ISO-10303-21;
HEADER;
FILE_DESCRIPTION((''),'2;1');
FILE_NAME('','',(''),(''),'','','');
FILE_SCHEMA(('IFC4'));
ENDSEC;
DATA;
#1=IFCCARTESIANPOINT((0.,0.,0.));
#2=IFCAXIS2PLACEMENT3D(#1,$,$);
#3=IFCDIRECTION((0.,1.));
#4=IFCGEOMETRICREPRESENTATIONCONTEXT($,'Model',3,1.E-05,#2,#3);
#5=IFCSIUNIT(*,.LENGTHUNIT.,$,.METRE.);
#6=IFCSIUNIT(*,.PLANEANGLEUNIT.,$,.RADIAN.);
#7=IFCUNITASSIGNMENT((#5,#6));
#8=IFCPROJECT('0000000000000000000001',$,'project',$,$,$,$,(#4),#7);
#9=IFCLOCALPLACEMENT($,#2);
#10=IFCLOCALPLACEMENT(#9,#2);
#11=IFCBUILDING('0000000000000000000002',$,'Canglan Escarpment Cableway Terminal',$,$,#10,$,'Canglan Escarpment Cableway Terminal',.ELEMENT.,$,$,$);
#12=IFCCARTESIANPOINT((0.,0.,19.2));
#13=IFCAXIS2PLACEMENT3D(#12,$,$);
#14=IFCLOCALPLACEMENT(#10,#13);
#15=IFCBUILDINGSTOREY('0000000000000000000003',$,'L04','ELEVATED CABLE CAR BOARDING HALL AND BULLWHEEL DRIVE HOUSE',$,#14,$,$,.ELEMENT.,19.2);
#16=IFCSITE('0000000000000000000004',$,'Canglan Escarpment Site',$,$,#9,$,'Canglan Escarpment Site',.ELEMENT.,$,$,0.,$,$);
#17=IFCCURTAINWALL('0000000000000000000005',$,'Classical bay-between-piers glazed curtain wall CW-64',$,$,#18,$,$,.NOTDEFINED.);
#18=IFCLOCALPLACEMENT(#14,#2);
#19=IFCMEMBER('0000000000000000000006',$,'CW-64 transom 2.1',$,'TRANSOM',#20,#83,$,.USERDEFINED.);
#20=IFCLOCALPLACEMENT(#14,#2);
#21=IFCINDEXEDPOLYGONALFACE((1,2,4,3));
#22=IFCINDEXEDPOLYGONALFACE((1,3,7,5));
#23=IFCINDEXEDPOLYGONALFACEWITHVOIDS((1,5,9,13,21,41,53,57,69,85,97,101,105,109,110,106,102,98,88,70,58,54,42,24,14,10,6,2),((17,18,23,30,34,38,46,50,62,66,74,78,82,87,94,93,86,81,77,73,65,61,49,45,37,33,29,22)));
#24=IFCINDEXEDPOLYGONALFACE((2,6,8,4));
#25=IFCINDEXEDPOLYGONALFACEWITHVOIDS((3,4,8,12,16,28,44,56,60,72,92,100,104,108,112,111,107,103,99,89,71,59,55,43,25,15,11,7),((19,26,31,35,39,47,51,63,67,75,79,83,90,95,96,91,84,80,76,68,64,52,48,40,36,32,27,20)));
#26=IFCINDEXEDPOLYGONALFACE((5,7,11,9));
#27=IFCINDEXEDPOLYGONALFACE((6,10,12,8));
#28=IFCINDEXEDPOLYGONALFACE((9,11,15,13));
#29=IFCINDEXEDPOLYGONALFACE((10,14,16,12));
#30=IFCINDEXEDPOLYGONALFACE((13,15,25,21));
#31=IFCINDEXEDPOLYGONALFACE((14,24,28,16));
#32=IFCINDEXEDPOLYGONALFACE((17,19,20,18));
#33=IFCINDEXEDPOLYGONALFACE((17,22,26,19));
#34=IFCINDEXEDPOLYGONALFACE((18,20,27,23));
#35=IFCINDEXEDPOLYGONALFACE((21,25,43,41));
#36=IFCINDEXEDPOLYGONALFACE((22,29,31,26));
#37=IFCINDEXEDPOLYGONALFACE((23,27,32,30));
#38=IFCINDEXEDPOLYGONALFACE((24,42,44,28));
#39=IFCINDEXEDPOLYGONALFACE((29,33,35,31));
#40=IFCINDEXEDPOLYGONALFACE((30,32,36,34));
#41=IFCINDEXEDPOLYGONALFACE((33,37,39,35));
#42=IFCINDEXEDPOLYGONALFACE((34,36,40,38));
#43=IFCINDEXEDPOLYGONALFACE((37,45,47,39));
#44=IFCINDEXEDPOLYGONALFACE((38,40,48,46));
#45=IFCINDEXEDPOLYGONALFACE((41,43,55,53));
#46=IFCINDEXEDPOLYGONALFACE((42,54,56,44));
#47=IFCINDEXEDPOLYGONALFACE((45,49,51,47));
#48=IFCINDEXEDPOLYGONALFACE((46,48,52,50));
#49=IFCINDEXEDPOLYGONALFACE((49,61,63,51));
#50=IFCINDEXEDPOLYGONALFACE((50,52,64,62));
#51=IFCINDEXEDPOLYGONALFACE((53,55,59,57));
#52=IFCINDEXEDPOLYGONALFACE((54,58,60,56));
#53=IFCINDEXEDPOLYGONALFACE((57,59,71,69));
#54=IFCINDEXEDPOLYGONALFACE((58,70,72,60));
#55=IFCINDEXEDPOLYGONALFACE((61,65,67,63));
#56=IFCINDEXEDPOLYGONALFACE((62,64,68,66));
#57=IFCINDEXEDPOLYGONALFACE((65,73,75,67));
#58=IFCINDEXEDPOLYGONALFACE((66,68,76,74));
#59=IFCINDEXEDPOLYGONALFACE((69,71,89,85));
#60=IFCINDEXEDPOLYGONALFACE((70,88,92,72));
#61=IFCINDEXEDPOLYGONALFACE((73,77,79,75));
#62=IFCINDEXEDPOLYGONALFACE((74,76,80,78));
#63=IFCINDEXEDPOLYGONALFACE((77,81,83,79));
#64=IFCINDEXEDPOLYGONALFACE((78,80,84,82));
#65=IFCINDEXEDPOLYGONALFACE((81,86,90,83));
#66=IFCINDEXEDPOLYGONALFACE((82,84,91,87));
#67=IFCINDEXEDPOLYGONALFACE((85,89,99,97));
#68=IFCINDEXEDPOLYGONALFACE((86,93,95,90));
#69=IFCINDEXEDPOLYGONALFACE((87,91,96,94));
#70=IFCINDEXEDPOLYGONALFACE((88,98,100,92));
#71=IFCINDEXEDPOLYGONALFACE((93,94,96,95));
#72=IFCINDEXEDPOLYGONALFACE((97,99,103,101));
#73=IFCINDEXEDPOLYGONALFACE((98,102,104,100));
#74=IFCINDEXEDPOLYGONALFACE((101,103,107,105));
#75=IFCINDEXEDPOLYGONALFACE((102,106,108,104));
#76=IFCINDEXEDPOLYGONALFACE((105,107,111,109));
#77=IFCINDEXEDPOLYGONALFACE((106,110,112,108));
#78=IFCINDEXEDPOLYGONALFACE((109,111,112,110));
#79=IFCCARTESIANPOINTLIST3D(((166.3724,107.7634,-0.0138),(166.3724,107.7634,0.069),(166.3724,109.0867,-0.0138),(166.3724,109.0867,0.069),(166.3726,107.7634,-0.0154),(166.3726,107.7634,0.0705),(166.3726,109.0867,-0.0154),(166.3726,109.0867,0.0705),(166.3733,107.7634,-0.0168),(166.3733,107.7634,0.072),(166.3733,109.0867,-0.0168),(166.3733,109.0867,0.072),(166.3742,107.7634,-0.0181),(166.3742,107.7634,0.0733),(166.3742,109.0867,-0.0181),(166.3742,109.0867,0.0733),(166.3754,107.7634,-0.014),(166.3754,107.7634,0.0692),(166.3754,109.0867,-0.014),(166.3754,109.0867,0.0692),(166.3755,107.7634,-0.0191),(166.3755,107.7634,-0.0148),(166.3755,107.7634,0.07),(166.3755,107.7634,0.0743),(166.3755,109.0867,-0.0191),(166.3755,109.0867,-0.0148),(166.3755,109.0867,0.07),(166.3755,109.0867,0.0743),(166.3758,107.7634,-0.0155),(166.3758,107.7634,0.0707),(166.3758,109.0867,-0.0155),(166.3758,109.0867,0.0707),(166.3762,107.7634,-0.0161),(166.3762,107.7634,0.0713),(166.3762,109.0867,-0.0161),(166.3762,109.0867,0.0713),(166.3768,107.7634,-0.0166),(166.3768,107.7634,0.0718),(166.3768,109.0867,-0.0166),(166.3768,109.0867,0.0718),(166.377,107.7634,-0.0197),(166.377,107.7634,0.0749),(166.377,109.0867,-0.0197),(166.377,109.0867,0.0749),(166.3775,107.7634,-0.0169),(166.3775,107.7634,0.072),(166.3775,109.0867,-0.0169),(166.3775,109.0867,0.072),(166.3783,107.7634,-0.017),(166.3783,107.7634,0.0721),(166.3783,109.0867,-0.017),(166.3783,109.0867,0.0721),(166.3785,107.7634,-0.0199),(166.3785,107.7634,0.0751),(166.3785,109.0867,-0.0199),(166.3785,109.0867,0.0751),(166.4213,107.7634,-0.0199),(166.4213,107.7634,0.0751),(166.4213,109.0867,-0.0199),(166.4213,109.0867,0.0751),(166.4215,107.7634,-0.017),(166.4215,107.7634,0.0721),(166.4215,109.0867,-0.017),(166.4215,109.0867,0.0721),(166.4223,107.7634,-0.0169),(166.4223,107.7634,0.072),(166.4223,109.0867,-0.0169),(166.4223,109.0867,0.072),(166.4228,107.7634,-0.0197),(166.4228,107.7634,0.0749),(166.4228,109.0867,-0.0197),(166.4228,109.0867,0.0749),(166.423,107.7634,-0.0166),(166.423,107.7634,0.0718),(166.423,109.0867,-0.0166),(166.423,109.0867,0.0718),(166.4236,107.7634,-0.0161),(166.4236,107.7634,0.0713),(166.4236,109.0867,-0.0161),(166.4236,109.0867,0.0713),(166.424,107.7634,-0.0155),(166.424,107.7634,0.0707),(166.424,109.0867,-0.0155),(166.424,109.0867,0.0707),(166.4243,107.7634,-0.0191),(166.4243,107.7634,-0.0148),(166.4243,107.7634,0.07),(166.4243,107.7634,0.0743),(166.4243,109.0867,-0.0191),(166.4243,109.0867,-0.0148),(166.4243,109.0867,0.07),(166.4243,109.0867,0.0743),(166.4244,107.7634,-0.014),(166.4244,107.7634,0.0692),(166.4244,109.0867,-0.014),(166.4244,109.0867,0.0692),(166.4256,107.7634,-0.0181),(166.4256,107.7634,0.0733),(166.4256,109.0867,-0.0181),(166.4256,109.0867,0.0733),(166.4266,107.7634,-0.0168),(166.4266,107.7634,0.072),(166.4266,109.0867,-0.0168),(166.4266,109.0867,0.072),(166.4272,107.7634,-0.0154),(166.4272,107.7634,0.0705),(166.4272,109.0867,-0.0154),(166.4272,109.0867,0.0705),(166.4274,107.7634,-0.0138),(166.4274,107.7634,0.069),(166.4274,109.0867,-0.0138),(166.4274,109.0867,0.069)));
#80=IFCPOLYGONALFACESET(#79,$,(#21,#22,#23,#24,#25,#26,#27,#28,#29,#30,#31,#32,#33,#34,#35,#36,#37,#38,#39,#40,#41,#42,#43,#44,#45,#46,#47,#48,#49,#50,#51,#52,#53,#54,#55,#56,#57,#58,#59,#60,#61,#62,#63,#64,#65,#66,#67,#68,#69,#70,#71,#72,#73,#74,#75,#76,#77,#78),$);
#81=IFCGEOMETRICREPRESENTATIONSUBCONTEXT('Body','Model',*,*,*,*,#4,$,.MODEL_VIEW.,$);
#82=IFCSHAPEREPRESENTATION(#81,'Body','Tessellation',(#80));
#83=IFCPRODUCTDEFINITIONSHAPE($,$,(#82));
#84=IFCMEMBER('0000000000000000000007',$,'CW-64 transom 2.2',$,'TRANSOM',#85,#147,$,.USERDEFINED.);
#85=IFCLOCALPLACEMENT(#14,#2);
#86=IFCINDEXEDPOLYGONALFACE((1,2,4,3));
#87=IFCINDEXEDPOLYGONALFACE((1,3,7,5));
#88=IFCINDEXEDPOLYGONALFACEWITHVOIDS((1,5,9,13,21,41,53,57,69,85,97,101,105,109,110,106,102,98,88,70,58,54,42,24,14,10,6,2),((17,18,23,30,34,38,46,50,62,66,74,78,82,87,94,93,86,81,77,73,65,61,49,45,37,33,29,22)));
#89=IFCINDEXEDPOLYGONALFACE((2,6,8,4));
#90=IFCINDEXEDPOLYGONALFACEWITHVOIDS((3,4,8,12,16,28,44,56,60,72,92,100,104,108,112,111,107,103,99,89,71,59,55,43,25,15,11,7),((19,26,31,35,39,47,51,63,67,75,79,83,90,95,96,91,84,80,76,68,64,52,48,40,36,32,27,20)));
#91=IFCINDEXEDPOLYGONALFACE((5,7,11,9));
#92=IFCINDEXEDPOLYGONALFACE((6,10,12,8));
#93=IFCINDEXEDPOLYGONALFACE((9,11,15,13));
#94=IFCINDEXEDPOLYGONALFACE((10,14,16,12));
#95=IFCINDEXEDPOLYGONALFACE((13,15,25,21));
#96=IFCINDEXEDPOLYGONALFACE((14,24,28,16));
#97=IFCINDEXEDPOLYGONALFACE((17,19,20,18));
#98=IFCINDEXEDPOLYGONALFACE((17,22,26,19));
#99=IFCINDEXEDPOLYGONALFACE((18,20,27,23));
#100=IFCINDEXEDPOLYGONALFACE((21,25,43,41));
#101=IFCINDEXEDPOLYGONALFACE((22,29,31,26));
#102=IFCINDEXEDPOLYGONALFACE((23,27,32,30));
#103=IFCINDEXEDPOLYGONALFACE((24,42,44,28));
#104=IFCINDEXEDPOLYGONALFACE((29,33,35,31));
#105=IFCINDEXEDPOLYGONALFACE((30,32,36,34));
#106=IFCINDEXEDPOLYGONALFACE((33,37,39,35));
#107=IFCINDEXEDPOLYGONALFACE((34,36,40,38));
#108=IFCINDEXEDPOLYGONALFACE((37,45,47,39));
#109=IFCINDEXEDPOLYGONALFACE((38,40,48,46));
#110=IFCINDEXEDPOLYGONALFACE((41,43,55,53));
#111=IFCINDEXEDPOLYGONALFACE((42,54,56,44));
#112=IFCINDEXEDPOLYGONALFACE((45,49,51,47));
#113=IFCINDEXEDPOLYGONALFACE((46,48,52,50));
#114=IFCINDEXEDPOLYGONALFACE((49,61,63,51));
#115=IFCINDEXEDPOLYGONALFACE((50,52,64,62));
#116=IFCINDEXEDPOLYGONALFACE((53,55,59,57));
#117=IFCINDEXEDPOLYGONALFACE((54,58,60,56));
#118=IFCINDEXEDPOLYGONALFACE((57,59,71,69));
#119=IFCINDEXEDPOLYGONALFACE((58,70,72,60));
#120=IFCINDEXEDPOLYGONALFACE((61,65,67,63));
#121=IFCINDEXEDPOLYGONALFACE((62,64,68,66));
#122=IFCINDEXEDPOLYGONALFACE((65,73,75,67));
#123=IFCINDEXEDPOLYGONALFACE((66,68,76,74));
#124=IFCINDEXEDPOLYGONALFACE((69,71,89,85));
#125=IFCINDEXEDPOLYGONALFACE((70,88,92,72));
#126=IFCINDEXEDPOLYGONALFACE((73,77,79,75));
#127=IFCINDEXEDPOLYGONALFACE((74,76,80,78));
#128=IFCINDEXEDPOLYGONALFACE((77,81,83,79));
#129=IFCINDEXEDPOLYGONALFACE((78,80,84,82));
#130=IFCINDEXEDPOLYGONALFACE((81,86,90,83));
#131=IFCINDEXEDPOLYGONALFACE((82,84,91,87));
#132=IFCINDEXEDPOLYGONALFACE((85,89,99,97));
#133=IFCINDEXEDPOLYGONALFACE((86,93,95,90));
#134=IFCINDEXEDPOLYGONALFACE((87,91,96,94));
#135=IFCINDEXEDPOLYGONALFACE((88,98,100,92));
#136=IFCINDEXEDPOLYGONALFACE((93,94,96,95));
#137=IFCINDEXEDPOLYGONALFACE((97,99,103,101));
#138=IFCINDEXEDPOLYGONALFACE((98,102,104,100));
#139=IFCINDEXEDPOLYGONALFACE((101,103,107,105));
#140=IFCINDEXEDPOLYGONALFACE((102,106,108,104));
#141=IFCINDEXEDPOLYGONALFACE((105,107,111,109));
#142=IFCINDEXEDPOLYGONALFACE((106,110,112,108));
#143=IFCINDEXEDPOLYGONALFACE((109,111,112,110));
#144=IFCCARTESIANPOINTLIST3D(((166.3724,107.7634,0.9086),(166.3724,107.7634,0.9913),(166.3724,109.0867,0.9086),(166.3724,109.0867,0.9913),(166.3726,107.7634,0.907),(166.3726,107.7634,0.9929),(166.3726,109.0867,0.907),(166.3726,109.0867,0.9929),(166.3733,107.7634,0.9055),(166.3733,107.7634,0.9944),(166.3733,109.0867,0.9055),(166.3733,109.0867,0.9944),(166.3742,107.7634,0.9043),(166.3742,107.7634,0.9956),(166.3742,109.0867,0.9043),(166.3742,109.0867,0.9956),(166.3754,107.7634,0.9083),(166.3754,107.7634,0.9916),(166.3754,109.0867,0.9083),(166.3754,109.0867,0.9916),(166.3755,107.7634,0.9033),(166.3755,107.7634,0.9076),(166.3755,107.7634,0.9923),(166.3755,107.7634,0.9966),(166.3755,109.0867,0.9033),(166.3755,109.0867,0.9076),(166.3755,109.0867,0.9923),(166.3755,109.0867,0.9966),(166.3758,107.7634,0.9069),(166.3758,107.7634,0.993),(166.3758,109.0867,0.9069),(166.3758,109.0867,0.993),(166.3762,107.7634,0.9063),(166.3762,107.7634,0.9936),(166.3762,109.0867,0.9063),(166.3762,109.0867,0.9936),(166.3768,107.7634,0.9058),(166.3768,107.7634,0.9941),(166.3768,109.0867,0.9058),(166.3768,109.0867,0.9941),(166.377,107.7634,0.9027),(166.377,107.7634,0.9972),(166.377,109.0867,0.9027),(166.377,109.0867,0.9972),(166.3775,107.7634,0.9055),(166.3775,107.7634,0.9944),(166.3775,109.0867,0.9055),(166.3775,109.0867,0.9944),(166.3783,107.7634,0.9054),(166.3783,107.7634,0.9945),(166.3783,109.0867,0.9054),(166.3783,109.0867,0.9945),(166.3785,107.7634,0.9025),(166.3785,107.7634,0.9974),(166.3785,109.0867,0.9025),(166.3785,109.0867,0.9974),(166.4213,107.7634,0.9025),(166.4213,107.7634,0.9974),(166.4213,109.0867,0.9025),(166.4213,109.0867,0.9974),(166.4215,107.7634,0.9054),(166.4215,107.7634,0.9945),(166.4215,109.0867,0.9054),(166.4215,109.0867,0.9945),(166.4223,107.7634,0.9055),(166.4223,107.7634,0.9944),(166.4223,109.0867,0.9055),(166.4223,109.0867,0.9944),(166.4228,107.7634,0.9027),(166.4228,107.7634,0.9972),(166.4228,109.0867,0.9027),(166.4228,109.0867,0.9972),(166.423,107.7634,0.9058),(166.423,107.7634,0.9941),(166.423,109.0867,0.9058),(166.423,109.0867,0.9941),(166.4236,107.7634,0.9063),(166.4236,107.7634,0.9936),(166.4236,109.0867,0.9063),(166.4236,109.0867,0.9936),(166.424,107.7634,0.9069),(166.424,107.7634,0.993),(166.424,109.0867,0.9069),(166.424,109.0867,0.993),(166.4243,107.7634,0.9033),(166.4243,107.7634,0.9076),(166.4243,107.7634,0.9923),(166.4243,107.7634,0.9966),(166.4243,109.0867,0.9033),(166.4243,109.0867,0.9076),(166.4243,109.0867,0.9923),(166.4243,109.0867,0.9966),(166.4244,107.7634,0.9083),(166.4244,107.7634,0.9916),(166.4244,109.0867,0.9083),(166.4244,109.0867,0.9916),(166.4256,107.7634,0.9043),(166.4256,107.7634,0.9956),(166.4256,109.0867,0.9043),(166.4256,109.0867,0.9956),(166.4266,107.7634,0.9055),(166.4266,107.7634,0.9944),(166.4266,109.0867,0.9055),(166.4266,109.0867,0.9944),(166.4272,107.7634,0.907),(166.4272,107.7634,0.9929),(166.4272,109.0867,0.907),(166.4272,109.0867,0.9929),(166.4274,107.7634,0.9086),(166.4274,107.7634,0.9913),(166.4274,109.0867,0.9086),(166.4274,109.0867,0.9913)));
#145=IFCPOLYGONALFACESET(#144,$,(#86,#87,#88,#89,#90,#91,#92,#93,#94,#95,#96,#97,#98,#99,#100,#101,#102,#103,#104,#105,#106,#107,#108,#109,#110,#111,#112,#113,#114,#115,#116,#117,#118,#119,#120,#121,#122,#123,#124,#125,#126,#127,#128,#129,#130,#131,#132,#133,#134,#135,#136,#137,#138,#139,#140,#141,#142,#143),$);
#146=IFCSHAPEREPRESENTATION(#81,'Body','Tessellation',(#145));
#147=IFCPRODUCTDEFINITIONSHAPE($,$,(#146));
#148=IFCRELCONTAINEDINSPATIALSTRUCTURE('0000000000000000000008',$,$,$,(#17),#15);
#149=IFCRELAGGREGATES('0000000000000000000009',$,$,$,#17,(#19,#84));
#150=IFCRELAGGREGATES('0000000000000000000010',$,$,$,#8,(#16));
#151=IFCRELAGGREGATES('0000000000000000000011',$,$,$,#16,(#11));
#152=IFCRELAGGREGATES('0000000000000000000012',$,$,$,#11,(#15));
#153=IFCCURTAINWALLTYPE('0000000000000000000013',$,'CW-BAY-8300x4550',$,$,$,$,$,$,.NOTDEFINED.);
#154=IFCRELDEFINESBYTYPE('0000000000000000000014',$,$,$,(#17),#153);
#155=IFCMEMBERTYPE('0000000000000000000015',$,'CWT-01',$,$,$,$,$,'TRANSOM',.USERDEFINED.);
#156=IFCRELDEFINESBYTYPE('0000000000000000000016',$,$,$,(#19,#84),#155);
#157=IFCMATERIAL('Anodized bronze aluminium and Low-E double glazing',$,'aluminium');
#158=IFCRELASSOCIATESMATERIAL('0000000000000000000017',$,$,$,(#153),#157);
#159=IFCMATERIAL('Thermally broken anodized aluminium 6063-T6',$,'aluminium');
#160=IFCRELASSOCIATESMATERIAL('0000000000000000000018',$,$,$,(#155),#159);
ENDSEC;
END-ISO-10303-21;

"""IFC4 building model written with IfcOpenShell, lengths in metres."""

from ifc_helpers import new_model, si_unit, direction, frame, origin, origin_2d, place, context, subcontext, project, spatial, hollow_rectangle, extrude, material, material_profile, profile_set, type_object, element, aggregate, save


model = new_model("IFC4")

# Units and contexts
model_context = context("Model", 3, precision=1e-05, world=origin(), true_north=direction((0.0, 1.0)))
body_context = subcontext(model_context, "Body", "Model", "MODEL_VIEW")
ifc_project = project(units=[si_unit("LENGTHUNIT", "METRE"), si_unit("PLANEANGLEUNIT", "RADIAN")], contexts=[model_context])

# Site, building, storey
site_placement = place(None, origin())
site = spatial("IfcSite", under=ifc_project, at=site_placement, Name="Canglan Escarpment Site", LongName="Canglan Escarpment Site", CompositionType="ELEMENT", RefElevation=0.0)
building_placement = place(site_placement, origin())
building = spatial("IfcBuilding", under=site, at=building_placement, Name="Canglan Escarpment Cableway Terminal", LongName="Canglan Escarpment Cableway Terminal", CompositionType="ELEMENT")
storey_placement = place(building_placement, frame((0.0, 0.0, 19.2)))
storey = spatial("IfcBuildingStorey", under=building, at=storey_placement, Name="L04", Description="ELEVATED CABLE CAR BOARDING HALL AND BULLWHEEL DRIVE HOUSE", CompositionType="ELEMENT", Elevation=19.2)

# Curtain wall
ifc_material_1 = material(Name="Anodized bronze aluminium and Low-E double glazing", Category="aluminium")
curtain_wall_type = type_object("IfcCurtainWallType", Name="CW-BAY-8300x4550", PredefinedType="NOTDEFINED", material=ifc_material_1)
curtain_wall_1_placement = place(storey_placement, origin())
curtain_wall_1 = element("IfcCurtainWall", 1, at=curtain_wall_1_placement, inside=storey, type_object=curtain_wall_type, Name="Classical bay-between-piers glazed curtain wall CW-64", PredefinedType="NOTDEFINED")
ifc_material_2 = material(Name="Thermally broken anodized aluminium 6063-T6", Category="aluminium")

# Members
ifc_material_profile_1 = material_profile(ifc_material_2, hollow_rectangle(XDim=0.0549, YDim=0.095, WallThickness=0.0029, InnerFilletRadius=0.0029, OuterFilletRadius=0.0061, at=origin_2d()), Name="ALU-TRAN 55x95x3")
ifc_profile_set_1 = profile_set([ifc_material_profile_1], Name="Thermally broken anodized aluminium 6063-T6")
member_type_1 = type_object("IfcMemberType", Name="CWT-01", ElementType="TRANSOM", PredefinedType="USERDEFINED", material=ifc_profile_set_1)
member_1_placement = place(storey_placement, frame((166.3999, 107.7634, 0.0276), z_axis=(0.0, 1.0, 0.0), x_axis=(-1.0, 0.0, 0.0)))
member_1 = element("IfcMember", 2, at=member_1_placement, type_object=member_type_1, Name="CW-64 transom 2.1", ObjectType="TRANSOM", PredefinedType="USERDEFINED", context=body_context, shape_type="SweptSolid", body=[
    extrude(hollow_rectangle(XDim=0.0549, YDim=0.095, WallThickness=0.0029, InnerFilletRadius=0.0029, OuterFilletRadius=0.0061, at=origin_2d()), origin(), (0.0, 0.0, 1.0), 1.3232),
])
member_2_placement = place(storey_placement, frame((166.3999, 107.7634, 0.95), z_axis=(0.0, 1.0, 0.0), x_axis=(-1.0, 0.0, 0.0)))
member_2 = element("IfcMember", 3, at=member_2_placement, type_object=member_type_1, Name="CW-64 transom 2.2", ObjectType="TRANSOM", PredefinedType="USERDEFINED", context=body_context, shape_type="SweptSolid", body=[
    extrude(hollow_rectangle(XDim=0.0549, YDim=0.095, WallThickness=0.0029, InnerFilletRadius=0.0029, OuterFilletRadius=0.0061, at=origin_2d()), origin(), (0.0, 0.0, 1.0), 1.3232),
])

aggregate(curtain_wall_1, [member_1, member_2])

save(model, "model.ifc")
